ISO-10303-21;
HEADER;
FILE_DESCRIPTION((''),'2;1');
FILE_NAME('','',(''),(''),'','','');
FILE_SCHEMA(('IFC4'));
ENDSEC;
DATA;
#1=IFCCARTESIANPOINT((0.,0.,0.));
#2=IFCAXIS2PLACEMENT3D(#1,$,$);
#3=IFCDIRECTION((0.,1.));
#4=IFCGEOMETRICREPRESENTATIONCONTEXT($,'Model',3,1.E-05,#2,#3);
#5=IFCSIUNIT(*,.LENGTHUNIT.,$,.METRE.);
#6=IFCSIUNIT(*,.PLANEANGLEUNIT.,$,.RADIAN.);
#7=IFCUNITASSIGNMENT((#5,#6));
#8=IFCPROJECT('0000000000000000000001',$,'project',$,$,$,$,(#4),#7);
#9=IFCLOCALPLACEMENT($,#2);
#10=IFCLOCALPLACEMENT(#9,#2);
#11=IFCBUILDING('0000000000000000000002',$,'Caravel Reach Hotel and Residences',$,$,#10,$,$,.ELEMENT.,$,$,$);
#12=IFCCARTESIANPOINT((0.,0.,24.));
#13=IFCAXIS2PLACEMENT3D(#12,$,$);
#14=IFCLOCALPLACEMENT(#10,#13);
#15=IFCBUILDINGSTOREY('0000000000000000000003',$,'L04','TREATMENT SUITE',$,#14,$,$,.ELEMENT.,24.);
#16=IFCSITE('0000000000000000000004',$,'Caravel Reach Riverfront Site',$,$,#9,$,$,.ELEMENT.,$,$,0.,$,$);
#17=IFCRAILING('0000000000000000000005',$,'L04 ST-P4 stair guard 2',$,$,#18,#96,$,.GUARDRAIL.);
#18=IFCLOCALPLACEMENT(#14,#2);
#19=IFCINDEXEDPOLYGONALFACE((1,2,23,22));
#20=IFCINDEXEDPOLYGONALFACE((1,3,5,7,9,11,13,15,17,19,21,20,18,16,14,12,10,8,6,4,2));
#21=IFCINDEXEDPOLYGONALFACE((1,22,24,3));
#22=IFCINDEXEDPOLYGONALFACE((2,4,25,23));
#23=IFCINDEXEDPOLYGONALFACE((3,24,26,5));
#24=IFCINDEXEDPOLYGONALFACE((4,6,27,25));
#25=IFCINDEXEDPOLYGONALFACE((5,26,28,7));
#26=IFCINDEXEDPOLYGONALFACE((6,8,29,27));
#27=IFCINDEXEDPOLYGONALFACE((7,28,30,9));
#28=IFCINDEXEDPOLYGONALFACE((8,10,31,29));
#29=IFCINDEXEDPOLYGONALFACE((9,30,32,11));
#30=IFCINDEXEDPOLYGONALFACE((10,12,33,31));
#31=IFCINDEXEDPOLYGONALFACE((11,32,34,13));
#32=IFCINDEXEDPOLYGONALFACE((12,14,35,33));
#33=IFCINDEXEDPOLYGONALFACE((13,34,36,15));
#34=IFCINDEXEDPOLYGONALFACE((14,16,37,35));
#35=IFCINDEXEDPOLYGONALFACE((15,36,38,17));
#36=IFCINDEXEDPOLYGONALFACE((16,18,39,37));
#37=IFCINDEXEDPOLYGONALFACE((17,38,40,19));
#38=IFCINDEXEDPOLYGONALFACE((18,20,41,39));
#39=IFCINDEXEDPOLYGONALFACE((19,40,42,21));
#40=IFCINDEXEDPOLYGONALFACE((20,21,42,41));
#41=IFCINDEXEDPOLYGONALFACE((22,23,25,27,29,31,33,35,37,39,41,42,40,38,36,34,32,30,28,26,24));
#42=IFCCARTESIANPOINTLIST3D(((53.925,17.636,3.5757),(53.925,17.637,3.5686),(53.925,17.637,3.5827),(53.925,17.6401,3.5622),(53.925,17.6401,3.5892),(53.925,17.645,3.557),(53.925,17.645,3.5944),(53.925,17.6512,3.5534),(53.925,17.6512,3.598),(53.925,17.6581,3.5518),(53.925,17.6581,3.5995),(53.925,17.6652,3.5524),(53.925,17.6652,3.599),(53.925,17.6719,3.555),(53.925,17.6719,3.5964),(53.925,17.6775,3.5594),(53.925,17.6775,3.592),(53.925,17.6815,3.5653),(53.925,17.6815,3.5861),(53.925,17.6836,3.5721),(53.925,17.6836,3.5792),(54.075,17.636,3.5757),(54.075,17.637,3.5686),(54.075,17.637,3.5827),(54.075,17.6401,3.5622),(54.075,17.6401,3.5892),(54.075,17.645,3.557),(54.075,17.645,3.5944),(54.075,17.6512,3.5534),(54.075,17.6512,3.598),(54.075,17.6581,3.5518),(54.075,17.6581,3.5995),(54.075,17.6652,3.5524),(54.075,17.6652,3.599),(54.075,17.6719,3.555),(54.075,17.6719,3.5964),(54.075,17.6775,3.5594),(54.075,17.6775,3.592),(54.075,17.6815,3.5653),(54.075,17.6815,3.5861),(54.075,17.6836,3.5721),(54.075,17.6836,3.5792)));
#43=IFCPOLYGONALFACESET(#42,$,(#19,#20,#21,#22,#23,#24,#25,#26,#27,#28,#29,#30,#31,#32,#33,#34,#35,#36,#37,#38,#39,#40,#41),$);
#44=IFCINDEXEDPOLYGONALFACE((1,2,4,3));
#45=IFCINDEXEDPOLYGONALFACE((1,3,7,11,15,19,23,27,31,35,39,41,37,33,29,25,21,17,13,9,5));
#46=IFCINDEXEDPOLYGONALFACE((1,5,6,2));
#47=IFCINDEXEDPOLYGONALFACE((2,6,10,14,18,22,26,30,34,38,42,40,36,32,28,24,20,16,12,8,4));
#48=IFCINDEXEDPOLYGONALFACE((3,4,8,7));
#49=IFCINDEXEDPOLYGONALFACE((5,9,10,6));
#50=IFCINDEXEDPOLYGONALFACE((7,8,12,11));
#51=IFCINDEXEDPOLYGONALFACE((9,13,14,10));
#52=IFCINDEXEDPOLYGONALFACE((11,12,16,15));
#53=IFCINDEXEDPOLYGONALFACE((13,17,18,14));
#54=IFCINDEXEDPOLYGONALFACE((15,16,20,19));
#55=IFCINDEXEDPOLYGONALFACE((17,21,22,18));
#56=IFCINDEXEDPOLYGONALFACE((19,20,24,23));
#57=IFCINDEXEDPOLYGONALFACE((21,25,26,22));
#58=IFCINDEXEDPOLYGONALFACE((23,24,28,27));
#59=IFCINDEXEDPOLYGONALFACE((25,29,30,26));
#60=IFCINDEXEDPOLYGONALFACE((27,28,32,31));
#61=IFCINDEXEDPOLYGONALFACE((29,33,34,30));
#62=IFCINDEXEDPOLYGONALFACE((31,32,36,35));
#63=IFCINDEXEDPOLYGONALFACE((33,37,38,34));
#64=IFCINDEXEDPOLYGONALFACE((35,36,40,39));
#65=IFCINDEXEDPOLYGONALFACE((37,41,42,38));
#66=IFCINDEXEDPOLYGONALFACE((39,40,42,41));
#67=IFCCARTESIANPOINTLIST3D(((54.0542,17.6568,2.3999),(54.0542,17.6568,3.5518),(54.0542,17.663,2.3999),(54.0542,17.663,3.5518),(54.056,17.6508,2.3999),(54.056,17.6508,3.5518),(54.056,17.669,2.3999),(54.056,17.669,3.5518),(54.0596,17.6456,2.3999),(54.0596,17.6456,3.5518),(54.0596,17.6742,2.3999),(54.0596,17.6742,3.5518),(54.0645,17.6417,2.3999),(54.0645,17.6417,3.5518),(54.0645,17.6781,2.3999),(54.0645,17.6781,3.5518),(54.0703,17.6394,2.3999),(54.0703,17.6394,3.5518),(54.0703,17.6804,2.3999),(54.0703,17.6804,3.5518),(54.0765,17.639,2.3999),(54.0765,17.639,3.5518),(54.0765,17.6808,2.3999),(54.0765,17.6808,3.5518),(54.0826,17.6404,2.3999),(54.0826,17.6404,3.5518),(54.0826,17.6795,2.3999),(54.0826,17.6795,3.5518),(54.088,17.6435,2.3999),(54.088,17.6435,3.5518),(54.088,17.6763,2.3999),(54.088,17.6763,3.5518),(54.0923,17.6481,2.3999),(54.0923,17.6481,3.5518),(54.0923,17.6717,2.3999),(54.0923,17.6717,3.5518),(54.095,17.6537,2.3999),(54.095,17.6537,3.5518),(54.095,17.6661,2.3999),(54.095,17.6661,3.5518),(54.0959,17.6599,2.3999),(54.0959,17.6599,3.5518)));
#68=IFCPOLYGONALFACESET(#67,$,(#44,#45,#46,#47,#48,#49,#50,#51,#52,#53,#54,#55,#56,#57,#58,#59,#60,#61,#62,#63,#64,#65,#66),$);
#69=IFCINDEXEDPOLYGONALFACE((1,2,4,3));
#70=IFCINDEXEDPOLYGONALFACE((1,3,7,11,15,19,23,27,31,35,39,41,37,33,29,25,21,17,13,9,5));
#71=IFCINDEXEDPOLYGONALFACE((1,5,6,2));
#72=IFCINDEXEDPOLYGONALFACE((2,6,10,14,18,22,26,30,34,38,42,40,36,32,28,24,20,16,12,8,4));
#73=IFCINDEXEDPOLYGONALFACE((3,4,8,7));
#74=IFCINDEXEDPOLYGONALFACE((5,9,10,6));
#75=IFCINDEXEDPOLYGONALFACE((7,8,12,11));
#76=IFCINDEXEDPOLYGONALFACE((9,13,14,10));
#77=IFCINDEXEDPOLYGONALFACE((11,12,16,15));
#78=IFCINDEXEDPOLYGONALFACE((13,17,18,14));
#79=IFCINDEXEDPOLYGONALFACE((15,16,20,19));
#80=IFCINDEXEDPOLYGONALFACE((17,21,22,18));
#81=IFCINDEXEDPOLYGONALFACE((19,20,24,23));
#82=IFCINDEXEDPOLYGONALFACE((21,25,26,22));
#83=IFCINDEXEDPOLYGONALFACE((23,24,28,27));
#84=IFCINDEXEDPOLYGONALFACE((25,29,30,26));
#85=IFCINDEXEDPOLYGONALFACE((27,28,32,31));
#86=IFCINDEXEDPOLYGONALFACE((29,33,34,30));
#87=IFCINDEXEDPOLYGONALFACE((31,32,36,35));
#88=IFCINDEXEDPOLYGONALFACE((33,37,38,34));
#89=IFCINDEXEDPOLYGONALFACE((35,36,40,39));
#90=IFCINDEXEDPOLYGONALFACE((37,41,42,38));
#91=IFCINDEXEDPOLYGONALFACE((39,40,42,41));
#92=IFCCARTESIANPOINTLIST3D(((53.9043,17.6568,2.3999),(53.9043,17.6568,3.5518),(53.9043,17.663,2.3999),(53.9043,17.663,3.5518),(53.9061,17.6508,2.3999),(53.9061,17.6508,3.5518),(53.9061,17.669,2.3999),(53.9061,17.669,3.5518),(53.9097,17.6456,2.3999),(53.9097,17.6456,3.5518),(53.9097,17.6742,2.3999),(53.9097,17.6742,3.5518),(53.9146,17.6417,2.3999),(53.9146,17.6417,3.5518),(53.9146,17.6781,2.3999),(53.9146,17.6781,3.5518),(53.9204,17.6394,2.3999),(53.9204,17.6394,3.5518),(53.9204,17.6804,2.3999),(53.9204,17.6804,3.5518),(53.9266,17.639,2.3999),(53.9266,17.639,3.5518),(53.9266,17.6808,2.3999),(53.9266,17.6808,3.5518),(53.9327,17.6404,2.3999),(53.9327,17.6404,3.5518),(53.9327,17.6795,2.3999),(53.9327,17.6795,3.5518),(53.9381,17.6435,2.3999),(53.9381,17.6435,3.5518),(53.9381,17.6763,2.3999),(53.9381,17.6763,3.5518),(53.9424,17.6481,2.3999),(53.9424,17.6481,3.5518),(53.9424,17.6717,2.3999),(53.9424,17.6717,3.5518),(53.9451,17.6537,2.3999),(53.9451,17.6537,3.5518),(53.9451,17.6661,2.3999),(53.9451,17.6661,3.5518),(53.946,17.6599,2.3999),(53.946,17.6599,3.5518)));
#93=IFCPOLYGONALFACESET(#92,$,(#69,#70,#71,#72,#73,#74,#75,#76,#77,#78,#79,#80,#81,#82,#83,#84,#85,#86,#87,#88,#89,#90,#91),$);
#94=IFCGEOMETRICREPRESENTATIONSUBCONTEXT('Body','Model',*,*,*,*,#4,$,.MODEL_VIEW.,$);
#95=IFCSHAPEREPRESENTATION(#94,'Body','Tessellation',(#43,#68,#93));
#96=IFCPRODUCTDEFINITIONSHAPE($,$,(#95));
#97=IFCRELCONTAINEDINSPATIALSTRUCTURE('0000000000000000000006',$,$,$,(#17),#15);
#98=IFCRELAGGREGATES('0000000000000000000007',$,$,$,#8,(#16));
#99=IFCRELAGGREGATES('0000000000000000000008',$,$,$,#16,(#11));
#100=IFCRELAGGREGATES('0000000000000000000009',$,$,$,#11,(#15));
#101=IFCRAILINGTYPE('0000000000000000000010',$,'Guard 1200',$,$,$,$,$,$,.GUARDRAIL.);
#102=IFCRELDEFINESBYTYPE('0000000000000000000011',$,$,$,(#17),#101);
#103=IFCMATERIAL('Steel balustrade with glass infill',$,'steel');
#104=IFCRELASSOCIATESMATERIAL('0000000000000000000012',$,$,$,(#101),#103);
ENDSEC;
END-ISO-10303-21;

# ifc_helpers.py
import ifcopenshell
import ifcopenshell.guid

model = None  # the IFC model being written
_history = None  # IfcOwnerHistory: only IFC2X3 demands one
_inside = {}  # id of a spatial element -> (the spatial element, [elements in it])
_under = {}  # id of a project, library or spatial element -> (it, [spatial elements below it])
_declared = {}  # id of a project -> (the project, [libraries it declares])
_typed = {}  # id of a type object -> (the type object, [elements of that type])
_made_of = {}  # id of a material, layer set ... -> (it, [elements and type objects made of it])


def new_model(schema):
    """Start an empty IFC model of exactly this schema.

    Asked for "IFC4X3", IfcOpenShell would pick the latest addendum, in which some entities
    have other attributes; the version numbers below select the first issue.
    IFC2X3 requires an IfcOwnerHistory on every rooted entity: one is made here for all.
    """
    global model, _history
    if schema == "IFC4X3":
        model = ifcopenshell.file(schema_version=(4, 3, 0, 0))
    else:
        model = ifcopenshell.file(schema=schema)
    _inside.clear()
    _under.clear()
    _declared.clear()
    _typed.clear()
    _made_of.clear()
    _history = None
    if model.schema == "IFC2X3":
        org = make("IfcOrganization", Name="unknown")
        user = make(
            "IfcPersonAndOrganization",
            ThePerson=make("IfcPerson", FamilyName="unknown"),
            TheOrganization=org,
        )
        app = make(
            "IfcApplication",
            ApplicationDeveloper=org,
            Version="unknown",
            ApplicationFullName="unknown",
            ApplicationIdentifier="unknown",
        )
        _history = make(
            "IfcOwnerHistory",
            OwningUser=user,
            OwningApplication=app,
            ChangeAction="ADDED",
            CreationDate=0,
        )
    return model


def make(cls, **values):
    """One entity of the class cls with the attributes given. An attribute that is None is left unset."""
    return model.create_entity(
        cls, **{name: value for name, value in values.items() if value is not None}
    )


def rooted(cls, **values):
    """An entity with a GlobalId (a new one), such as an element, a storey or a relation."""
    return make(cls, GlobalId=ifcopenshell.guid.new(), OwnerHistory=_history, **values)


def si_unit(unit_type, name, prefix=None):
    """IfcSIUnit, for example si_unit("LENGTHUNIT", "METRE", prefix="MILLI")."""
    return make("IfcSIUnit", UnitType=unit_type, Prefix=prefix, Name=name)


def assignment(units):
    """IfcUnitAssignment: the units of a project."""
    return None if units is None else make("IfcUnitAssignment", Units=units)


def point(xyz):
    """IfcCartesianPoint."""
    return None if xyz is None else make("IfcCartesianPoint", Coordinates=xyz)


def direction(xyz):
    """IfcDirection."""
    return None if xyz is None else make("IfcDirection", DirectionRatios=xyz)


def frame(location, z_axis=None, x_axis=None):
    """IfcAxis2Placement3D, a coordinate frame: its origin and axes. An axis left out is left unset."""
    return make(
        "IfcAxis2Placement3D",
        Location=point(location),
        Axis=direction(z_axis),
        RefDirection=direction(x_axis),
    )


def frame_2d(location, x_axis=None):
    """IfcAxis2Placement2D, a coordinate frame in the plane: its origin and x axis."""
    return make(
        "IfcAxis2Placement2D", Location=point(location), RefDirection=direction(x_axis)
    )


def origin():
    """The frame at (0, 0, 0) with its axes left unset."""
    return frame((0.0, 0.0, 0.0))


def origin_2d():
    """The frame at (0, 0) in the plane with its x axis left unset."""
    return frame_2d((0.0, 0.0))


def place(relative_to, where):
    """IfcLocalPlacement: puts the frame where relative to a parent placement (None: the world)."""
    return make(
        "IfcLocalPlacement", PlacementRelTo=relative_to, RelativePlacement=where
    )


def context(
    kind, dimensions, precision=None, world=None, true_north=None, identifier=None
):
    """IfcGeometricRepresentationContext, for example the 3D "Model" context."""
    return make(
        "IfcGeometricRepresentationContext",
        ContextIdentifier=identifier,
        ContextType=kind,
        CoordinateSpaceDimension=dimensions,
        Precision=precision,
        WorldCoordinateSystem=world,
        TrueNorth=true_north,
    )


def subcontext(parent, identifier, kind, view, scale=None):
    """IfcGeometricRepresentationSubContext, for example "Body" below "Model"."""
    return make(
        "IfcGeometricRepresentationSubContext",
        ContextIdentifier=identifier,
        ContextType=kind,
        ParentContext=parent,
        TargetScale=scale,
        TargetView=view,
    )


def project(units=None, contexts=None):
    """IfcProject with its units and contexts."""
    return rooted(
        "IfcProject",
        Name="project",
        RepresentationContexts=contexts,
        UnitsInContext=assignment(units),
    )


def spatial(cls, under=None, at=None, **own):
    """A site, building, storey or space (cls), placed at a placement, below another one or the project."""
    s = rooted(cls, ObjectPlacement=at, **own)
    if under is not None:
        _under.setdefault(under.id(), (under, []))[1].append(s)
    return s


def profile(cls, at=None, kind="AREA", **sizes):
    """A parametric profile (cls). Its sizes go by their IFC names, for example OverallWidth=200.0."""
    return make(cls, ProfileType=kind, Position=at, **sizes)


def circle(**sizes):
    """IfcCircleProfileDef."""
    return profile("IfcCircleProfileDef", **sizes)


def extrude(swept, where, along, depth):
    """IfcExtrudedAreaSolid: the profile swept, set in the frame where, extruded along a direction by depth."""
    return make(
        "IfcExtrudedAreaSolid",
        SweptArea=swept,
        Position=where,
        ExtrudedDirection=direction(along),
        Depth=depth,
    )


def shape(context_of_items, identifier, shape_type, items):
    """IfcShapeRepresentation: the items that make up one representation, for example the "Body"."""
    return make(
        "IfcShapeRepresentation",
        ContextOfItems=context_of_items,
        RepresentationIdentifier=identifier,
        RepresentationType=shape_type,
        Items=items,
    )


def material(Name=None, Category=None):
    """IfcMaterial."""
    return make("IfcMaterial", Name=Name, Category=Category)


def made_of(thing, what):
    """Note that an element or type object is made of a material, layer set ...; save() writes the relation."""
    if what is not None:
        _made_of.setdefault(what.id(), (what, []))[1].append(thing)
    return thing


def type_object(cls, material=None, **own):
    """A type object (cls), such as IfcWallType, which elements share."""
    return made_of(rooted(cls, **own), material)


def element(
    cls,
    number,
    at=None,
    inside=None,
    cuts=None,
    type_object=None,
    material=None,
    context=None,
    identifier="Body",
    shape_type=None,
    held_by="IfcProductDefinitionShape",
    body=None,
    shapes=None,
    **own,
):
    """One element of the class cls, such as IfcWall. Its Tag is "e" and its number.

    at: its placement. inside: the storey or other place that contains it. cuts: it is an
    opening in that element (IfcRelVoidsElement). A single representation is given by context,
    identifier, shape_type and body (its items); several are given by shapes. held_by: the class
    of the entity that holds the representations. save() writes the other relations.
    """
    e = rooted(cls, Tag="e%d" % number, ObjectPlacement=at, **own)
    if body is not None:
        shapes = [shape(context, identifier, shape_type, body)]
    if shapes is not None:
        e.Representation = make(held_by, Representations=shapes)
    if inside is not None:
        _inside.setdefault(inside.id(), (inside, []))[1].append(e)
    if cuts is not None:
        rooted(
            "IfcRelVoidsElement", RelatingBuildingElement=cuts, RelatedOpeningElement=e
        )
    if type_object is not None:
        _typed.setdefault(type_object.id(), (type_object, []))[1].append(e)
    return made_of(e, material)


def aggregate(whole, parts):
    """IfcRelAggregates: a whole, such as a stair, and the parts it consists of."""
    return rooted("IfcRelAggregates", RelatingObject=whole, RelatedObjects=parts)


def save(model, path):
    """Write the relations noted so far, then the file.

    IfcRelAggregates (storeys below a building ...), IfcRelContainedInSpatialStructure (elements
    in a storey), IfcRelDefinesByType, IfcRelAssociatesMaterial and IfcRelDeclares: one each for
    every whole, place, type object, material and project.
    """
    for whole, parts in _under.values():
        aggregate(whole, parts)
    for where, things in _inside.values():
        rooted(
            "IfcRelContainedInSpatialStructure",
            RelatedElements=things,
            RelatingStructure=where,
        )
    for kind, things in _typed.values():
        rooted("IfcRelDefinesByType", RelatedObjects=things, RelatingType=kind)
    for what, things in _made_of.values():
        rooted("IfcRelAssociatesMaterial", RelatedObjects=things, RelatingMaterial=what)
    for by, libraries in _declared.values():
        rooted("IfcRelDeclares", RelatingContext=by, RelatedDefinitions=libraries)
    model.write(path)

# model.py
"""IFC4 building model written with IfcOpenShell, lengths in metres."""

from ifc_helpers import new_model, si_unit, direction, frame, origin, origin_2d, place, context, subcontext, project, spatial, circle, extrude, material, type_object, element, save


model = new_model("IFC4")

# Units and contexts
model_context = context("Model", 3, precision=1e-05, world=origin(), true_north=direction((0.0, 1.0)))
body_context = subcontext(model_context, "Body", "Model", "MODEL_VIEW")
ifc_project = project(units=[si_unit("LENGTHUNIT", "METRE"), si_unit("PLANEANGLEUNIT", "RADIAN")], contexts=[model_context])

# Site, building, storey
site_placement = place(None, origin())
site = spatial("IfcSite", under=ifc_project, at=site_placement, Name="Caravel Reach Riverfront Site", CompositionType="ELEMENT", RefElevation=0.0)
building_placement = place(site_placement, origin())
building = spatial("IfcBuilding", under=site, at=building_placement, Name="Caravel Reach Hotel and Residences", CompositionType="ELEMENT")
storey_placement = place(building_placement, frame((0.0, 0.0, 24.0)))
storey = spatial("IfcBuildingStorey", under=building, at=storey_placement, Name="L04", Description="TREATMENT SUITE", CompositionType="ELEMENT", Elevation=24.0)

# Railing
ifc_material_1 = material(Name="Steel balustrade with glass infill", Category="steel")
railing_type_1 = type_object("IfcRailingType", Name="Guard 1200", PredefinedType="GUARDRAIL", material=ifc_material_1)
railing_1_placement = place(storey_placement, frame((54.075, 17.6599, 2.3999)))
element("IfcRailing", 1, at=railing_1_placement, inside=storey, type_object=railing_type_1, Name="L04 ST-P4 stair guard 2", PredefinedType="GUARDRAIL", context=body_context, shape_type="SweptSolid", body=[
    extrude(circle(Radius=0.0239, at=origin_2d()), frame((0.0, 0.0, 1.1758), z_axis=(-1.0, 0.0, 0.0), x_axis=(0.0, -1.0, 0.0)), (0.0, 0.0, 1.0), 0.1499),
    extrude(circle(Radius=0.021, at=origin_2d()), origin(), (0.0, 0.0, 1.0), 1.1519),
    extrude(circle(Radius=0.021, at=origin_2d()), frame((-0.1499, 0.0, 0.0)), (0.0, 0.0, 1.0), 1.1519),
])

save(model, "model.ifc")
